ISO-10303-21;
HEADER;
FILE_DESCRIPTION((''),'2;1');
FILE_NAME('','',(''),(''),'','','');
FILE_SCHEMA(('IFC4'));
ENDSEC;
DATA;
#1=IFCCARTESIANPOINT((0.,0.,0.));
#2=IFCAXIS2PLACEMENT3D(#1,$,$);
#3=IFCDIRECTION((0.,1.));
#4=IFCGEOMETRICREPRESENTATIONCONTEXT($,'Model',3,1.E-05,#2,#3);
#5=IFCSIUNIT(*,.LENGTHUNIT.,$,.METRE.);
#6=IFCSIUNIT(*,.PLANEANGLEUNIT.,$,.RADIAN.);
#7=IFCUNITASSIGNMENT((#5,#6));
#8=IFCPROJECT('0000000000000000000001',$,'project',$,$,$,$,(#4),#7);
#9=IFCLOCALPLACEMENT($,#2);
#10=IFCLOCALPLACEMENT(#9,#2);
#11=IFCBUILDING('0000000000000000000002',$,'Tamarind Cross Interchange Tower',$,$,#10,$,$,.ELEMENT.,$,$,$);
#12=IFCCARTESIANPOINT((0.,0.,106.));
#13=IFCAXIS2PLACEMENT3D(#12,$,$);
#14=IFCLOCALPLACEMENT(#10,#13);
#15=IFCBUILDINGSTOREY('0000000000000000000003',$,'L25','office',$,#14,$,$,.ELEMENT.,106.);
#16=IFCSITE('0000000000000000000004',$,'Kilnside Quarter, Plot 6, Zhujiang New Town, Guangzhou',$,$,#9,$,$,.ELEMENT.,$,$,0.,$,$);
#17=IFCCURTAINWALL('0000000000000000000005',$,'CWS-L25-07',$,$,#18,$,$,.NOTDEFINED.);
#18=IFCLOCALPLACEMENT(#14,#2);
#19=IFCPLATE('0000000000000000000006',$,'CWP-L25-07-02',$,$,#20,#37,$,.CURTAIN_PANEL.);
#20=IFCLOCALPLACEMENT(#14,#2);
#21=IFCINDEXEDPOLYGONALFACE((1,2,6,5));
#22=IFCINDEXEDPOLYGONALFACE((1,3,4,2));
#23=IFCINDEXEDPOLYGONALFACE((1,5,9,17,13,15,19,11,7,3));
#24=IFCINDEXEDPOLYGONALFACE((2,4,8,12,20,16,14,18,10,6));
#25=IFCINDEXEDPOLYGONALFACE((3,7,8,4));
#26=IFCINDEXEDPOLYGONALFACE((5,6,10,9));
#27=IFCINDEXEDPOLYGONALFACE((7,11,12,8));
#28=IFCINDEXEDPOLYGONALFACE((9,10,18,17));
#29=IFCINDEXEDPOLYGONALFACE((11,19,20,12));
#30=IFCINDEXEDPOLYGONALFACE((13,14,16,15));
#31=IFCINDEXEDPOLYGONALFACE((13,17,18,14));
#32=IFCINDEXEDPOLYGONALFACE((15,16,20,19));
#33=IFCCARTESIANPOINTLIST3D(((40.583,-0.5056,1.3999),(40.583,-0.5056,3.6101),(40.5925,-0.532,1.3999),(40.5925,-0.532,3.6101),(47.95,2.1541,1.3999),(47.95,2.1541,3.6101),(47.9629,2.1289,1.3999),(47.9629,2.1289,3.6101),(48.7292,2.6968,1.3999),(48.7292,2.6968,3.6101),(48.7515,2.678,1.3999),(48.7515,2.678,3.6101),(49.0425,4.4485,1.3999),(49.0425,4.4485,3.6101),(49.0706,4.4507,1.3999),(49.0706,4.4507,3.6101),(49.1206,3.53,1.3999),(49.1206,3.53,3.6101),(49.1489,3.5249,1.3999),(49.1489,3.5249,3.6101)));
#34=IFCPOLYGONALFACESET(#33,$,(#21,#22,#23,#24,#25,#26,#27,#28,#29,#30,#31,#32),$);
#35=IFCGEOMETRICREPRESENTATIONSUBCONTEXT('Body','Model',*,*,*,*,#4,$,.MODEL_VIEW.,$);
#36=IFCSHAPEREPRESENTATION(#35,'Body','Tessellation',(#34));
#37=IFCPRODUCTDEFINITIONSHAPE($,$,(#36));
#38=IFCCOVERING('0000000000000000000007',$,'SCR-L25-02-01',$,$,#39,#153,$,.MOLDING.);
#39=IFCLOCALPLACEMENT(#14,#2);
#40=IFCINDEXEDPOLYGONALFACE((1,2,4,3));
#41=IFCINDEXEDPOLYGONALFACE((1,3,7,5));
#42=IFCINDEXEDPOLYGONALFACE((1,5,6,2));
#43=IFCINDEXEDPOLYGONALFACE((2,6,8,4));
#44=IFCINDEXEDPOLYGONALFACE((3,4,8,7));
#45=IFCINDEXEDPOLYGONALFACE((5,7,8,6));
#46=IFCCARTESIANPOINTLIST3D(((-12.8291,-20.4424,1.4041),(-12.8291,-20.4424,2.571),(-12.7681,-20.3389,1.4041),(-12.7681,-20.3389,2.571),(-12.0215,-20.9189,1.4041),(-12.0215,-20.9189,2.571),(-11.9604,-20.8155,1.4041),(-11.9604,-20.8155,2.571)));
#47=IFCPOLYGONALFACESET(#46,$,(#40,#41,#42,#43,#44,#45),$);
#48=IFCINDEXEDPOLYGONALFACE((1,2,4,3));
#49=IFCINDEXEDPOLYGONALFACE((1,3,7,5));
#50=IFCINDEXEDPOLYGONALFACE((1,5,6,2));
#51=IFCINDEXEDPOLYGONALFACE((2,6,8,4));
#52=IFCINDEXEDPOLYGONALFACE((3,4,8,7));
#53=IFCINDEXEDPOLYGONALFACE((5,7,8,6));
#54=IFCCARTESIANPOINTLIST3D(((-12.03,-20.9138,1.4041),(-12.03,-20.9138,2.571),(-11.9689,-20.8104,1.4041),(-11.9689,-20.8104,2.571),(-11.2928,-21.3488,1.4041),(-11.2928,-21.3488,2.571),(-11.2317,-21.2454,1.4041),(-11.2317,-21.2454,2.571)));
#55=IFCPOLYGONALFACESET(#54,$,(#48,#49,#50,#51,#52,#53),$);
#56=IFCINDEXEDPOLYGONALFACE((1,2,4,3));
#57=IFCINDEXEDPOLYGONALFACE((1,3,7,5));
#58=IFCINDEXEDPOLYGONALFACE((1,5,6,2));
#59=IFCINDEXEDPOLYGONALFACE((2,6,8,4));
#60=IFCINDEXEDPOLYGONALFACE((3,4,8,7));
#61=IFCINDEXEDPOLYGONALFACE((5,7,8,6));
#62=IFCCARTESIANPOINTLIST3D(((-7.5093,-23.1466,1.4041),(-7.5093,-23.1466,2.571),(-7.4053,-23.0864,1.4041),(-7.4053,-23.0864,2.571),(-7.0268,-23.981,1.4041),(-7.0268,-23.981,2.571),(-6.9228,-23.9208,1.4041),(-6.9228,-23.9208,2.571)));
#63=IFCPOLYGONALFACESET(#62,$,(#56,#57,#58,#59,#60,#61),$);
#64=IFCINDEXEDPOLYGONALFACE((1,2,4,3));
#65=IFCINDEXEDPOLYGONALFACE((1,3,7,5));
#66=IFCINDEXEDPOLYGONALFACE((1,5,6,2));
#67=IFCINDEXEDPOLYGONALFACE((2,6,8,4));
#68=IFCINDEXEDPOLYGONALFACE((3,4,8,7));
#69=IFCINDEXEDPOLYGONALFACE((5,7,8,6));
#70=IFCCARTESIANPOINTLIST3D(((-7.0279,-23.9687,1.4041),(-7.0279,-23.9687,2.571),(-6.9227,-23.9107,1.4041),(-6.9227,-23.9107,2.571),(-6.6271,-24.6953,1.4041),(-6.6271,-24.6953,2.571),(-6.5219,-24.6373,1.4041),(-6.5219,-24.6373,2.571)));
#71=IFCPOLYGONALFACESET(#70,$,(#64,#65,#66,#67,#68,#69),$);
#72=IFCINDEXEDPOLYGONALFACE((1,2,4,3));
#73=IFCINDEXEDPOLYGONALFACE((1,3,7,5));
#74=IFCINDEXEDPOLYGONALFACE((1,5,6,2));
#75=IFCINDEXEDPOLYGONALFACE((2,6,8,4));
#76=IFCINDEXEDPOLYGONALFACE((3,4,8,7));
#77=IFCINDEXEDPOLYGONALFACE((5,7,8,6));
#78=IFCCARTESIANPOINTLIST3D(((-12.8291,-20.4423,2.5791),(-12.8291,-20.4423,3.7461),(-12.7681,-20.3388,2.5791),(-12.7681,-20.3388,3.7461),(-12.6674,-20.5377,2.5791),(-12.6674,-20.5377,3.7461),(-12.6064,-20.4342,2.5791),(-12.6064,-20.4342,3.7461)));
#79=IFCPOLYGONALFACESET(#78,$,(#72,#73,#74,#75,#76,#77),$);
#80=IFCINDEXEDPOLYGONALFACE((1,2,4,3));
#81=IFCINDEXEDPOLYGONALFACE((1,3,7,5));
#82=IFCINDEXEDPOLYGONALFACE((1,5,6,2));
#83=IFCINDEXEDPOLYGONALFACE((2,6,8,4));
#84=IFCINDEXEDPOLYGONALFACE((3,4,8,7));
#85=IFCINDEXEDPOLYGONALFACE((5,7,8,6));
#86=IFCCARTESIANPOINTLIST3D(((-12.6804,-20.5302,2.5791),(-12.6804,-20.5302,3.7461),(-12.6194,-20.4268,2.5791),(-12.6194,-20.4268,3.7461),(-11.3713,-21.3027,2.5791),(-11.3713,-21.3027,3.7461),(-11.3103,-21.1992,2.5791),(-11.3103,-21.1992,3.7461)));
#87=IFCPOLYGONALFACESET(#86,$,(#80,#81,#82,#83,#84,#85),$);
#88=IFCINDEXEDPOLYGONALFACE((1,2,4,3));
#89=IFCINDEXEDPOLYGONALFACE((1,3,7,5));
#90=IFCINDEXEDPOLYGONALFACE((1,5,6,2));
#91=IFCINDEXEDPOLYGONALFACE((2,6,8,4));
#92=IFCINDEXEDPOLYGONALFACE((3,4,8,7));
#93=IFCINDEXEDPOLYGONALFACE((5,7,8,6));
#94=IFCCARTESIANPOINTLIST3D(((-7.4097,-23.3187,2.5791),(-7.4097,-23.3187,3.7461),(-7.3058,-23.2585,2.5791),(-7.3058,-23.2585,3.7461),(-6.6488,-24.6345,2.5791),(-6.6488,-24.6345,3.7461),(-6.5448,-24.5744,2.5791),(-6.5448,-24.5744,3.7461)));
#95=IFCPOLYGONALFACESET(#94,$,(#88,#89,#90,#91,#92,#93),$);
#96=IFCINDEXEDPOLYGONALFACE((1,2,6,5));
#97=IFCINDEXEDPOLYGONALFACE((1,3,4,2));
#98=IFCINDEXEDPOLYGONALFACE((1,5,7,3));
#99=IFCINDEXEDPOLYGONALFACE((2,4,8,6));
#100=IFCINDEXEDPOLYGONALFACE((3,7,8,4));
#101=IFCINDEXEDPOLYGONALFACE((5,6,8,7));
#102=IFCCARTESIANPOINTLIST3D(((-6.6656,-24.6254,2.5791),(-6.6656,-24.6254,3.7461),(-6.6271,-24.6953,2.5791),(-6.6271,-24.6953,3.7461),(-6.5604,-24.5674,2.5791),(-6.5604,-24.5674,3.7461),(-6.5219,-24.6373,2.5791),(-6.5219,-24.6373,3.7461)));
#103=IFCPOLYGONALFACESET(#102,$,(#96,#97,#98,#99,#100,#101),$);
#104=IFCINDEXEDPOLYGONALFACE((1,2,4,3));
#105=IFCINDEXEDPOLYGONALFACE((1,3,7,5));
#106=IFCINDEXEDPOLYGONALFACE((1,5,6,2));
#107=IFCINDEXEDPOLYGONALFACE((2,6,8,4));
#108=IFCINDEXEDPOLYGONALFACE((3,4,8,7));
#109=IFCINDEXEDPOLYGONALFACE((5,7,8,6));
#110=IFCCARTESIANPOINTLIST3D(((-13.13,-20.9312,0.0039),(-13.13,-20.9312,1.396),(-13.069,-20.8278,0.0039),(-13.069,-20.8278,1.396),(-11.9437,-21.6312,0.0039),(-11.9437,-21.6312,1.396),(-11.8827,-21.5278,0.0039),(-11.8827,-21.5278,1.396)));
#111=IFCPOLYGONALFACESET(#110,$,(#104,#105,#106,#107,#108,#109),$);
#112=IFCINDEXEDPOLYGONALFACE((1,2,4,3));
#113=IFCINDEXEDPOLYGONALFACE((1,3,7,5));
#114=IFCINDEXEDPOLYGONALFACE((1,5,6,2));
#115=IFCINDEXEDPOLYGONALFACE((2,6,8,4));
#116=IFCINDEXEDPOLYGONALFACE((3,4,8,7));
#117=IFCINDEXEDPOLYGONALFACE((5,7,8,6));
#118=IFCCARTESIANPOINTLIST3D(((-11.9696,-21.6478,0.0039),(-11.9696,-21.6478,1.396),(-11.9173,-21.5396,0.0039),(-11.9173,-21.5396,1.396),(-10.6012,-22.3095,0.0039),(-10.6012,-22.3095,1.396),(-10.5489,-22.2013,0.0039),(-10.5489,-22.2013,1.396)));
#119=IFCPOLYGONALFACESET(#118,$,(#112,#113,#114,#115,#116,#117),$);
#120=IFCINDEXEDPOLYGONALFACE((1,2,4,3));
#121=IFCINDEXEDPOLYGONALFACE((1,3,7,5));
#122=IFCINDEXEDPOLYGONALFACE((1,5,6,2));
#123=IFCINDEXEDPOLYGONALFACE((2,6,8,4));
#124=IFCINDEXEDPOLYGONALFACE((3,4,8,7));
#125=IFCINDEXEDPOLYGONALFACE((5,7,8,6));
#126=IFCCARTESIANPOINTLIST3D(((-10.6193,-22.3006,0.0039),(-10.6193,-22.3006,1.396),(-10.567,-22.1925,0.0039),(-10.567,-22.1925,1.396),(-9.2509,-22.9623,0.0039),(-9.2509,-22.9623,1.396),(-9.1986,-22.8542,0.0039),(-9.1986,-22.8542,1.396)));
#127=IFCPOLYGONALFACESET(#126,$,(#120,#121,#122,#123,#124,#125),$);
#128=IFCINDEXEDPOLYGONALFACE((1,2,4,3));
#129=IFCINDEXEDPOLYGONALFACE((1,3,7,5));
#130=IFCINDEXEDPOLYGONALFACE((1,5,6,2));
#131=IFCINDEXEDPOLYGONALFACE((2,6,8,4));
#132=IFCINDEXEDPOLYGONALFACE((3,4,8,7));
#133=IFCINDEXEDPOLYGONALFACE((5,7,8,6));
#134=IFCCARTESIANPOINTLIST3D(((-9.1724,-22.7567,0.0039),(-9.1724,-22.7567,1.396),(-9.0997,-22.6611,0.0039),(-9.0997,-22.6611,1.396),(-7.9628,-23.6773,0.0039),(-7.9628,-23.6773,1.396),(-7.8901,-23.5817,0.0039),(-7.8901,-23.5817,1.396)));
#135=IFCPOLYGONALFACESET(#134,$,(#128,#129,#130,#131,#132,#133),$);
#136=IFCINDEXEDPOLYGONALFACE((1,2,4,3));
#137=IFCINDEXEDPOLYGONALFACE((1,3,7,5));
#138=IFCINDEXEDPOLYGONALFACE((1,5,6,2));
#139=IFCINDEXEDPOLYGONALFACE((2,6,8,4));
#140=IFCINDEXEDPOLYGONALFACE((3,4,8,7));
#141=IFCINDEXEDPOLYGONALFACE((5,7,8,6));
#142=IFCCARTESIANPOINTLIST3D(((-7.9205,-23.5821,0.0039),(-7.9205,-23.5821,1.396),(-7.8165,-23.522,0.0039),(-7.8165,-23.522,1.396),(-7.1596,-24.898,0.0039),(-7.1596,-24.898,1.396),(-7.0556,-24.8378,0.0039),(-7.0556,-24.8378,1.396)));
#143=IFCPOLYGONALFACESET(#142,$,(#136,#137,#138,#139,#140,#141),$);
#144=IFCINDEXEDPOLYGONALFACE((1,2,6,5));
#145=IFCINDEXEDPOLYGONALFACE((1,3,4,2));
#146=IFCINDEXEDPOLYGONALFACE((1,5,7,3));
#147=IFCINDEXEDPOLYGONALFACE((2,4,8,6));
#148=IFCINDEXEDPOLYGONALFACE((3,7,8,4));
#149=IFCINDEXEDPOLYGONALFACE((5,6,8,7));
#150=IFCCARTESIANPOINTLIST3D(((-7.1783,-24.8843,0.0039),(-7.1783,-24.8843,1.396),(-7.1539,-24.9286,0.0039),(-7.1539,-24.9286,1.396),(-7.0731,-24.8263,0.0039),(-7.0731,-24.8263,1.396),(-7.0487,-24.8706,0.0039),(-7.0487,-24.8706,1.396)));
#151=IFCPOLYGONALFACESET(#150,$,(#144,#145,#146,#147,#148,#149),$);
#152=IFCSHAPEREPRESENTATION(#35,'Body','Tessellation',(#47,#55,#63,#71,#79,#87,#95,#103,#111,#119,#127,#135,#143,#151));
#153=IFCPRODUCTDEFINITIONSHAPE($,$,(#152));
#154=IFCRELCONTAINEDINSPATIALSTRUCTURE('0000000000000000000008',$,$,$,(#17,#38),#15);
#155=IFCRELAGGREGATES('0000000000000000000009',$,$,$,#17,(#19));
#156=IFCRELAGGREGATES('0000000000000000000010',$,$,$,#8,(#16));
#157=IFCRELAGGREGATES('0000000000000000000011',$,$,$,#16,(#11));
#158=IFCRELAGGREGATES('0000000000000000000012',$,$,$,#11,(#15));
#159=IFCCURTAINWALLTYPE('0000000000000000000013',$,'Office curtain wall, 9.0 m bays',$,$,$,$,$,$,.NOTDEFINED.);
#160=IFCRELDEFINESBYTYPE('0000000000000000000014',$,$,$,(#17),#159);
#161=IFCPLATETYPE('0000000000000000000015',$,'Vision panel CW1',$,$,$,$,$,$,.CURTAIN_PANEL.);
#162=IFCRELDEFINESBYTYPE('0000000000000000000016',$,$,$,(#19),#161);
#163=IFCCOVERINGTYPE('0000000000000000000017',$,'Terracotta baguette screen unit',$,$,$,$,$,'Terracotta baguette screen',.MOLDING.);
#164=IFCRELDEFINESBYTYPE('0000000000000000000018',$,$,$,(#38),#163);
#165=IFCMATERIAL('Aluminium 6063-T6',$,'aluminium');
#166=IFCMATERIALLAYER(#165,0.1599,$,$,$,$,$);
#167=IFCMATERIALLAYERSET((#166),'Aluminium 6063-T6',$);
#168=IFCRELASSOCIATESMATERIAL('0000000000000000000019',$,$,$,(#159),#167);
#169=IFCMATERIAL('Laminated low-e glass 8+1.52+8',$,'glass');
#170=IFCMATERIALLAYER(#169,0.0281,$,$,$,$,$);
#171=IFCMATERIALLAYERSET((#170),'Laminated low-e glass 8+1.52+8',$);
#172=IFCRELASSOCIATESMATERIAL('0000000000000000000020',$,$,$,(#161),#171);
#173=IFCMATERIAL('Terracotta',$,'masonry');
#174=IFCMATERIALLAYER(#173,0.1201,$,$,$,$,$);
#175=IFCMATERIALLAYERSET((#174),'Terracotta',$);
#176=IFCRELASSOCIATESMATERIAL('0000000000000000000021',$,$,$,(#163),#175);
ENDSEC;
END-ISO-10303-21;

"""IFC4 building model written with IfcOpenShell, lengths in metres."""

from ifc_helpers import new_model, si_unit, direction, frame, origin, origin_2d, place, context, subcontext, project, spatial, polyline, rectangle, outline, extrude, material, layer, layer_set, type_object, element, aggregate, save


model = new_model("IFC4")

# Units and contexts
model_context = context("Model", 3, precision=1e-05, world=origin(), true_north=direction((0.0, 1.0)))
body_context = subcontext(model_context, "Body", "Model", "MODEL_VIEW")
ifc_project = project(units=[si_unit("LENGTHUNIT", "METRE"), si_unit("PLANEANGLEUNIT", "RADIAN")], contexts=[model_context])

# Site, building, storey
site_placement = place(None, origin())
site = spatial("IfcSite", under=ifc_project, at=site_placement, Name="Kilnside Quarter, Plot 6, Zhujiang New Town, Guangzhou", CompositionType="ELEMENT", RefElevation=0.0)
building_placement = place(site_placement, origin())
building = spatial("IfcBuilding", under=site, at=building_placement, Name="Tamarind Cross Interchange Tower", CompositionType="ELEMENT")
storey_placement = place(building_placement, frame((0.0, 0.0, 106.0)))
storey = spatial("IfcBuildingStorey", under=building, at=storey_placement, Name="L25", Description="office", CompositionType="ELEMENT", Elevation=106.0)

# Curtain wall
ifc_material_1 = material(Name="Aluminium 6063-T6", Category="aluminium")
ifc_layer_1 = layer(ifc_material_1, 0.1599)
ifc_layer_set_1 = layer_set([ifc_layer_1], Name="Aluminium 6063-T6")
curtain_wall_type = type_object("IfcCurtainWallType", Name="Office curtain wall, 9.0 m bays", PredefinedType="NOTDEFINED", material=ifc_layer_set_1)
curtain_wall_1_placement = place(storey_placement, origin())
curtain_wall_1 = element("IfcCurtainWall", 1, at=curtain_wall_1_placement, inside=storey, type_object=curtain_wall_type, Name="CWS-L25-07", PredefinedType="NOTDEFINED")

# Plate
ifc_material_2 = material(Name="Laminated low-e glass 8+1.52+8", Category="glass")
ifc_layer_2 = layer(ifc_material_2, 0.0281)
ifc_layer_set_2 = layer_set([ifc_layer_2], Name="Laminated low-e glass 8+1.52+8")
plate_type = type_object("IfcPlateType", Name="Vision panel CW1", PredefinedType="CURTAIN_PANEL", material=ifc_layer_set_2)
plate_1_placement = place(storey_placement, frame((0.0, 0.0, 1.3999)))
plate_1 = element("IfcPlate", 2, at=plate_1_placement, type_object=plate_type, Name="CWP-L25-07-02", PredefinedType="CURTAIN_PANEL", context=body_context, shape_type="SweptSolid", body=[
    extrude(outline(polyline([(40.583, -0.5056), (47.95, 2.1541), (48.7292, 2.6968), (49.1206, 3.53), (49.0425, 4.4485), (49.0706, 4.4507), (49.1489, 3.5249), (48.7515, 2.678), (47.9629, 2.1289), (40.5925, -0.532), (40.583, -0.5056)])), origin(), (0.0, 0.0, 1.0), 2.2102),
])
aggregate(curtain_wall_1, [plate_1])

# Covering
ifc_material_3 = material(Name="Terracotta", Category="masonry")
ifc_layer_3 = layer(ifc_material_3, 0.1201)
ifc_layer_set_3 = layer_set([ifc_layer_3], Name="Terracotta")
covering_type = type_object("IfcCoveringType", Name="Terracotta baguette screen unit", ElementType="Terracotta baguette screen", PredefinedType="MOLDING", material=ifc_layer_set_3)
covering_1_placement = place(storey_placement, origin())
element("IfcCovering", 3, at=covering_1_placement, inside=storey, type_object=covering_type, Name="SCR-L25-02-01", PredefinedType="MOLDING", context=body_context, shape_type="SweptSolid", body=[
    extrude(rectangle(XDim=0.9377, YDim=0.1201, at=origin_2d()), frame((-12.3948, -20.6289, 1.4041), z_axis=(0.0, 0.0, 1.0), x_axis=(0.861249, -0.508183, 0.0)), (0.0, 0.0, 1.0), 1.167),
    extrude(rectangle(XDim=0.856, YDim=0.1201, at=origin_2d()), frame((-11.6309, -21.0796, 1.4041), z_axis=(0.0, 0.0, 1.0), x_axis=(0.861249, -0.508183, 0.0)), (0.0, 0.0, 1.0), 1.167),
    extrude(rectangle(XDim=0.9639, YDim=0.1201, at=origin_2d()), frame((-7.2161, -23.5337, 1.4041), z_axis=(0.0, 0.0, 1.0), x_axis=(0.500592, -0.865684, 0.0)), (0.0, 0.0, 1.0), 1.167),
    extrude(rectangle(XDim=0.8298, YDim=0.1201, at=origin_2d()), frame((-6.7749, -24.303, 1.4041), z_axis=(0.0, 0.0, 1.0), x_axis=(0.483041, -0.875598, 0.0)), (0.0, 0.0, 1.0), 1.167),
    extrude(rectangle(XDim=0.1877, YDim=0.1201, at=origin_2d()), frame((-12.7178, -20.4382, 2.5791), z_axis=(0.0, 0.0, 1.0), x_axis=(0.861249, -0.508183, 0.0)), (0.0, 0.0, 1.0), 1.167),
    extrude(rectangle(XDim=1.52, YDim=0.1201, at=origin_2d()), frame((-11.9954, -20.8647, 2.5791), z_axis=(0.0, 0.0, 1.0), x_axis=(0.861249, -0.508183, 0.0)), (0.0, 0.0, 1.0), 1.167),
    extrude(rectangle(XDim=1.52, YDim=0.1201, at=origin_2d()), frame((-6.9773, -23.9465, 2.5791), z_axis=(0.0, 0.0, 1.0), x_axis=(0.500592, -0.865684, 0.0)), (0.0, 0.0, 1.0), 1.167),
    extrude(rectangle(XDim=0.0798, YDim=0.1201, at=origin_2d()), frame((-6.5938, -24.6313, 2.5791), z_axis=(0.0, 0.0, 1.0), x_axis=(0.483041, -0.875598, 0.0)), (0.0, 0.0, 1.0), 1.167),
    extrude(rectangle(XDim=1.3774, YDim=0.1201, at=origin_2d()), frame((-12.5063, -21.2295, 0.0039), z_axis=(0.0, 0.0, 1.0), x_axis=(0.861249, -0.508183, 0.0)), (0.0, 0.0, 1.0), 1.3921),
    extrude(rectangle(XDim=1.52, YDim=0.1201, at=origin_2d()), frame((-11.2593, -21.9246, 0.0039), z_axis=(0.0, 0.0, 1.0), x_axis=(0.900273, -0.435326, 0.0)), (0.0, 0.0, 1.0), 1.3921),
    extrude(rectangle(XDim=1.52, YDim=0.1201, at=origin_2d()), frame((-9.9089, -22.5774, 0.0039), z_axis=(0.0, 0.0, 1.0), x_axis=(0.900273, -0.435326, 0.0)), (0.0, 0.0, 1.0), 1.3921),
    extrude(rectangle(XDim=1.52, YDim=0.1201, at=origin_2d()), frame((-8.5312, -23.1692, 0.0039), z_axis=(0.0, 0.0, 1.0), x_axis=(0.795748, -0.605628, 0.0)), (0.0, 0.0, 1.0), 1.3921),
    extrude(rectangle(XDim=1.52, YDim=0.1201, at=origin_2d()), frame((-7.488, -24.21, 0.0039), z_axis=(0.0, 0.0, 1.0), x_axis=(0.500592, -0.865684, 0.0)), (0.0, 0.0, 1.0), 1.3921),
    extrude(rectangle(XDim=0.0505, YDim=0.1201, at=origin_2d()), frame((-7.1135, -24.8774, 0.0039), z_axis=(0.0, 0.0, 1.0), x_axis=(0.483041, -0.875598, 0.0)), (0.0, 0.0, 1.0), 1.3921),
])

save(model, "model.ifc")
